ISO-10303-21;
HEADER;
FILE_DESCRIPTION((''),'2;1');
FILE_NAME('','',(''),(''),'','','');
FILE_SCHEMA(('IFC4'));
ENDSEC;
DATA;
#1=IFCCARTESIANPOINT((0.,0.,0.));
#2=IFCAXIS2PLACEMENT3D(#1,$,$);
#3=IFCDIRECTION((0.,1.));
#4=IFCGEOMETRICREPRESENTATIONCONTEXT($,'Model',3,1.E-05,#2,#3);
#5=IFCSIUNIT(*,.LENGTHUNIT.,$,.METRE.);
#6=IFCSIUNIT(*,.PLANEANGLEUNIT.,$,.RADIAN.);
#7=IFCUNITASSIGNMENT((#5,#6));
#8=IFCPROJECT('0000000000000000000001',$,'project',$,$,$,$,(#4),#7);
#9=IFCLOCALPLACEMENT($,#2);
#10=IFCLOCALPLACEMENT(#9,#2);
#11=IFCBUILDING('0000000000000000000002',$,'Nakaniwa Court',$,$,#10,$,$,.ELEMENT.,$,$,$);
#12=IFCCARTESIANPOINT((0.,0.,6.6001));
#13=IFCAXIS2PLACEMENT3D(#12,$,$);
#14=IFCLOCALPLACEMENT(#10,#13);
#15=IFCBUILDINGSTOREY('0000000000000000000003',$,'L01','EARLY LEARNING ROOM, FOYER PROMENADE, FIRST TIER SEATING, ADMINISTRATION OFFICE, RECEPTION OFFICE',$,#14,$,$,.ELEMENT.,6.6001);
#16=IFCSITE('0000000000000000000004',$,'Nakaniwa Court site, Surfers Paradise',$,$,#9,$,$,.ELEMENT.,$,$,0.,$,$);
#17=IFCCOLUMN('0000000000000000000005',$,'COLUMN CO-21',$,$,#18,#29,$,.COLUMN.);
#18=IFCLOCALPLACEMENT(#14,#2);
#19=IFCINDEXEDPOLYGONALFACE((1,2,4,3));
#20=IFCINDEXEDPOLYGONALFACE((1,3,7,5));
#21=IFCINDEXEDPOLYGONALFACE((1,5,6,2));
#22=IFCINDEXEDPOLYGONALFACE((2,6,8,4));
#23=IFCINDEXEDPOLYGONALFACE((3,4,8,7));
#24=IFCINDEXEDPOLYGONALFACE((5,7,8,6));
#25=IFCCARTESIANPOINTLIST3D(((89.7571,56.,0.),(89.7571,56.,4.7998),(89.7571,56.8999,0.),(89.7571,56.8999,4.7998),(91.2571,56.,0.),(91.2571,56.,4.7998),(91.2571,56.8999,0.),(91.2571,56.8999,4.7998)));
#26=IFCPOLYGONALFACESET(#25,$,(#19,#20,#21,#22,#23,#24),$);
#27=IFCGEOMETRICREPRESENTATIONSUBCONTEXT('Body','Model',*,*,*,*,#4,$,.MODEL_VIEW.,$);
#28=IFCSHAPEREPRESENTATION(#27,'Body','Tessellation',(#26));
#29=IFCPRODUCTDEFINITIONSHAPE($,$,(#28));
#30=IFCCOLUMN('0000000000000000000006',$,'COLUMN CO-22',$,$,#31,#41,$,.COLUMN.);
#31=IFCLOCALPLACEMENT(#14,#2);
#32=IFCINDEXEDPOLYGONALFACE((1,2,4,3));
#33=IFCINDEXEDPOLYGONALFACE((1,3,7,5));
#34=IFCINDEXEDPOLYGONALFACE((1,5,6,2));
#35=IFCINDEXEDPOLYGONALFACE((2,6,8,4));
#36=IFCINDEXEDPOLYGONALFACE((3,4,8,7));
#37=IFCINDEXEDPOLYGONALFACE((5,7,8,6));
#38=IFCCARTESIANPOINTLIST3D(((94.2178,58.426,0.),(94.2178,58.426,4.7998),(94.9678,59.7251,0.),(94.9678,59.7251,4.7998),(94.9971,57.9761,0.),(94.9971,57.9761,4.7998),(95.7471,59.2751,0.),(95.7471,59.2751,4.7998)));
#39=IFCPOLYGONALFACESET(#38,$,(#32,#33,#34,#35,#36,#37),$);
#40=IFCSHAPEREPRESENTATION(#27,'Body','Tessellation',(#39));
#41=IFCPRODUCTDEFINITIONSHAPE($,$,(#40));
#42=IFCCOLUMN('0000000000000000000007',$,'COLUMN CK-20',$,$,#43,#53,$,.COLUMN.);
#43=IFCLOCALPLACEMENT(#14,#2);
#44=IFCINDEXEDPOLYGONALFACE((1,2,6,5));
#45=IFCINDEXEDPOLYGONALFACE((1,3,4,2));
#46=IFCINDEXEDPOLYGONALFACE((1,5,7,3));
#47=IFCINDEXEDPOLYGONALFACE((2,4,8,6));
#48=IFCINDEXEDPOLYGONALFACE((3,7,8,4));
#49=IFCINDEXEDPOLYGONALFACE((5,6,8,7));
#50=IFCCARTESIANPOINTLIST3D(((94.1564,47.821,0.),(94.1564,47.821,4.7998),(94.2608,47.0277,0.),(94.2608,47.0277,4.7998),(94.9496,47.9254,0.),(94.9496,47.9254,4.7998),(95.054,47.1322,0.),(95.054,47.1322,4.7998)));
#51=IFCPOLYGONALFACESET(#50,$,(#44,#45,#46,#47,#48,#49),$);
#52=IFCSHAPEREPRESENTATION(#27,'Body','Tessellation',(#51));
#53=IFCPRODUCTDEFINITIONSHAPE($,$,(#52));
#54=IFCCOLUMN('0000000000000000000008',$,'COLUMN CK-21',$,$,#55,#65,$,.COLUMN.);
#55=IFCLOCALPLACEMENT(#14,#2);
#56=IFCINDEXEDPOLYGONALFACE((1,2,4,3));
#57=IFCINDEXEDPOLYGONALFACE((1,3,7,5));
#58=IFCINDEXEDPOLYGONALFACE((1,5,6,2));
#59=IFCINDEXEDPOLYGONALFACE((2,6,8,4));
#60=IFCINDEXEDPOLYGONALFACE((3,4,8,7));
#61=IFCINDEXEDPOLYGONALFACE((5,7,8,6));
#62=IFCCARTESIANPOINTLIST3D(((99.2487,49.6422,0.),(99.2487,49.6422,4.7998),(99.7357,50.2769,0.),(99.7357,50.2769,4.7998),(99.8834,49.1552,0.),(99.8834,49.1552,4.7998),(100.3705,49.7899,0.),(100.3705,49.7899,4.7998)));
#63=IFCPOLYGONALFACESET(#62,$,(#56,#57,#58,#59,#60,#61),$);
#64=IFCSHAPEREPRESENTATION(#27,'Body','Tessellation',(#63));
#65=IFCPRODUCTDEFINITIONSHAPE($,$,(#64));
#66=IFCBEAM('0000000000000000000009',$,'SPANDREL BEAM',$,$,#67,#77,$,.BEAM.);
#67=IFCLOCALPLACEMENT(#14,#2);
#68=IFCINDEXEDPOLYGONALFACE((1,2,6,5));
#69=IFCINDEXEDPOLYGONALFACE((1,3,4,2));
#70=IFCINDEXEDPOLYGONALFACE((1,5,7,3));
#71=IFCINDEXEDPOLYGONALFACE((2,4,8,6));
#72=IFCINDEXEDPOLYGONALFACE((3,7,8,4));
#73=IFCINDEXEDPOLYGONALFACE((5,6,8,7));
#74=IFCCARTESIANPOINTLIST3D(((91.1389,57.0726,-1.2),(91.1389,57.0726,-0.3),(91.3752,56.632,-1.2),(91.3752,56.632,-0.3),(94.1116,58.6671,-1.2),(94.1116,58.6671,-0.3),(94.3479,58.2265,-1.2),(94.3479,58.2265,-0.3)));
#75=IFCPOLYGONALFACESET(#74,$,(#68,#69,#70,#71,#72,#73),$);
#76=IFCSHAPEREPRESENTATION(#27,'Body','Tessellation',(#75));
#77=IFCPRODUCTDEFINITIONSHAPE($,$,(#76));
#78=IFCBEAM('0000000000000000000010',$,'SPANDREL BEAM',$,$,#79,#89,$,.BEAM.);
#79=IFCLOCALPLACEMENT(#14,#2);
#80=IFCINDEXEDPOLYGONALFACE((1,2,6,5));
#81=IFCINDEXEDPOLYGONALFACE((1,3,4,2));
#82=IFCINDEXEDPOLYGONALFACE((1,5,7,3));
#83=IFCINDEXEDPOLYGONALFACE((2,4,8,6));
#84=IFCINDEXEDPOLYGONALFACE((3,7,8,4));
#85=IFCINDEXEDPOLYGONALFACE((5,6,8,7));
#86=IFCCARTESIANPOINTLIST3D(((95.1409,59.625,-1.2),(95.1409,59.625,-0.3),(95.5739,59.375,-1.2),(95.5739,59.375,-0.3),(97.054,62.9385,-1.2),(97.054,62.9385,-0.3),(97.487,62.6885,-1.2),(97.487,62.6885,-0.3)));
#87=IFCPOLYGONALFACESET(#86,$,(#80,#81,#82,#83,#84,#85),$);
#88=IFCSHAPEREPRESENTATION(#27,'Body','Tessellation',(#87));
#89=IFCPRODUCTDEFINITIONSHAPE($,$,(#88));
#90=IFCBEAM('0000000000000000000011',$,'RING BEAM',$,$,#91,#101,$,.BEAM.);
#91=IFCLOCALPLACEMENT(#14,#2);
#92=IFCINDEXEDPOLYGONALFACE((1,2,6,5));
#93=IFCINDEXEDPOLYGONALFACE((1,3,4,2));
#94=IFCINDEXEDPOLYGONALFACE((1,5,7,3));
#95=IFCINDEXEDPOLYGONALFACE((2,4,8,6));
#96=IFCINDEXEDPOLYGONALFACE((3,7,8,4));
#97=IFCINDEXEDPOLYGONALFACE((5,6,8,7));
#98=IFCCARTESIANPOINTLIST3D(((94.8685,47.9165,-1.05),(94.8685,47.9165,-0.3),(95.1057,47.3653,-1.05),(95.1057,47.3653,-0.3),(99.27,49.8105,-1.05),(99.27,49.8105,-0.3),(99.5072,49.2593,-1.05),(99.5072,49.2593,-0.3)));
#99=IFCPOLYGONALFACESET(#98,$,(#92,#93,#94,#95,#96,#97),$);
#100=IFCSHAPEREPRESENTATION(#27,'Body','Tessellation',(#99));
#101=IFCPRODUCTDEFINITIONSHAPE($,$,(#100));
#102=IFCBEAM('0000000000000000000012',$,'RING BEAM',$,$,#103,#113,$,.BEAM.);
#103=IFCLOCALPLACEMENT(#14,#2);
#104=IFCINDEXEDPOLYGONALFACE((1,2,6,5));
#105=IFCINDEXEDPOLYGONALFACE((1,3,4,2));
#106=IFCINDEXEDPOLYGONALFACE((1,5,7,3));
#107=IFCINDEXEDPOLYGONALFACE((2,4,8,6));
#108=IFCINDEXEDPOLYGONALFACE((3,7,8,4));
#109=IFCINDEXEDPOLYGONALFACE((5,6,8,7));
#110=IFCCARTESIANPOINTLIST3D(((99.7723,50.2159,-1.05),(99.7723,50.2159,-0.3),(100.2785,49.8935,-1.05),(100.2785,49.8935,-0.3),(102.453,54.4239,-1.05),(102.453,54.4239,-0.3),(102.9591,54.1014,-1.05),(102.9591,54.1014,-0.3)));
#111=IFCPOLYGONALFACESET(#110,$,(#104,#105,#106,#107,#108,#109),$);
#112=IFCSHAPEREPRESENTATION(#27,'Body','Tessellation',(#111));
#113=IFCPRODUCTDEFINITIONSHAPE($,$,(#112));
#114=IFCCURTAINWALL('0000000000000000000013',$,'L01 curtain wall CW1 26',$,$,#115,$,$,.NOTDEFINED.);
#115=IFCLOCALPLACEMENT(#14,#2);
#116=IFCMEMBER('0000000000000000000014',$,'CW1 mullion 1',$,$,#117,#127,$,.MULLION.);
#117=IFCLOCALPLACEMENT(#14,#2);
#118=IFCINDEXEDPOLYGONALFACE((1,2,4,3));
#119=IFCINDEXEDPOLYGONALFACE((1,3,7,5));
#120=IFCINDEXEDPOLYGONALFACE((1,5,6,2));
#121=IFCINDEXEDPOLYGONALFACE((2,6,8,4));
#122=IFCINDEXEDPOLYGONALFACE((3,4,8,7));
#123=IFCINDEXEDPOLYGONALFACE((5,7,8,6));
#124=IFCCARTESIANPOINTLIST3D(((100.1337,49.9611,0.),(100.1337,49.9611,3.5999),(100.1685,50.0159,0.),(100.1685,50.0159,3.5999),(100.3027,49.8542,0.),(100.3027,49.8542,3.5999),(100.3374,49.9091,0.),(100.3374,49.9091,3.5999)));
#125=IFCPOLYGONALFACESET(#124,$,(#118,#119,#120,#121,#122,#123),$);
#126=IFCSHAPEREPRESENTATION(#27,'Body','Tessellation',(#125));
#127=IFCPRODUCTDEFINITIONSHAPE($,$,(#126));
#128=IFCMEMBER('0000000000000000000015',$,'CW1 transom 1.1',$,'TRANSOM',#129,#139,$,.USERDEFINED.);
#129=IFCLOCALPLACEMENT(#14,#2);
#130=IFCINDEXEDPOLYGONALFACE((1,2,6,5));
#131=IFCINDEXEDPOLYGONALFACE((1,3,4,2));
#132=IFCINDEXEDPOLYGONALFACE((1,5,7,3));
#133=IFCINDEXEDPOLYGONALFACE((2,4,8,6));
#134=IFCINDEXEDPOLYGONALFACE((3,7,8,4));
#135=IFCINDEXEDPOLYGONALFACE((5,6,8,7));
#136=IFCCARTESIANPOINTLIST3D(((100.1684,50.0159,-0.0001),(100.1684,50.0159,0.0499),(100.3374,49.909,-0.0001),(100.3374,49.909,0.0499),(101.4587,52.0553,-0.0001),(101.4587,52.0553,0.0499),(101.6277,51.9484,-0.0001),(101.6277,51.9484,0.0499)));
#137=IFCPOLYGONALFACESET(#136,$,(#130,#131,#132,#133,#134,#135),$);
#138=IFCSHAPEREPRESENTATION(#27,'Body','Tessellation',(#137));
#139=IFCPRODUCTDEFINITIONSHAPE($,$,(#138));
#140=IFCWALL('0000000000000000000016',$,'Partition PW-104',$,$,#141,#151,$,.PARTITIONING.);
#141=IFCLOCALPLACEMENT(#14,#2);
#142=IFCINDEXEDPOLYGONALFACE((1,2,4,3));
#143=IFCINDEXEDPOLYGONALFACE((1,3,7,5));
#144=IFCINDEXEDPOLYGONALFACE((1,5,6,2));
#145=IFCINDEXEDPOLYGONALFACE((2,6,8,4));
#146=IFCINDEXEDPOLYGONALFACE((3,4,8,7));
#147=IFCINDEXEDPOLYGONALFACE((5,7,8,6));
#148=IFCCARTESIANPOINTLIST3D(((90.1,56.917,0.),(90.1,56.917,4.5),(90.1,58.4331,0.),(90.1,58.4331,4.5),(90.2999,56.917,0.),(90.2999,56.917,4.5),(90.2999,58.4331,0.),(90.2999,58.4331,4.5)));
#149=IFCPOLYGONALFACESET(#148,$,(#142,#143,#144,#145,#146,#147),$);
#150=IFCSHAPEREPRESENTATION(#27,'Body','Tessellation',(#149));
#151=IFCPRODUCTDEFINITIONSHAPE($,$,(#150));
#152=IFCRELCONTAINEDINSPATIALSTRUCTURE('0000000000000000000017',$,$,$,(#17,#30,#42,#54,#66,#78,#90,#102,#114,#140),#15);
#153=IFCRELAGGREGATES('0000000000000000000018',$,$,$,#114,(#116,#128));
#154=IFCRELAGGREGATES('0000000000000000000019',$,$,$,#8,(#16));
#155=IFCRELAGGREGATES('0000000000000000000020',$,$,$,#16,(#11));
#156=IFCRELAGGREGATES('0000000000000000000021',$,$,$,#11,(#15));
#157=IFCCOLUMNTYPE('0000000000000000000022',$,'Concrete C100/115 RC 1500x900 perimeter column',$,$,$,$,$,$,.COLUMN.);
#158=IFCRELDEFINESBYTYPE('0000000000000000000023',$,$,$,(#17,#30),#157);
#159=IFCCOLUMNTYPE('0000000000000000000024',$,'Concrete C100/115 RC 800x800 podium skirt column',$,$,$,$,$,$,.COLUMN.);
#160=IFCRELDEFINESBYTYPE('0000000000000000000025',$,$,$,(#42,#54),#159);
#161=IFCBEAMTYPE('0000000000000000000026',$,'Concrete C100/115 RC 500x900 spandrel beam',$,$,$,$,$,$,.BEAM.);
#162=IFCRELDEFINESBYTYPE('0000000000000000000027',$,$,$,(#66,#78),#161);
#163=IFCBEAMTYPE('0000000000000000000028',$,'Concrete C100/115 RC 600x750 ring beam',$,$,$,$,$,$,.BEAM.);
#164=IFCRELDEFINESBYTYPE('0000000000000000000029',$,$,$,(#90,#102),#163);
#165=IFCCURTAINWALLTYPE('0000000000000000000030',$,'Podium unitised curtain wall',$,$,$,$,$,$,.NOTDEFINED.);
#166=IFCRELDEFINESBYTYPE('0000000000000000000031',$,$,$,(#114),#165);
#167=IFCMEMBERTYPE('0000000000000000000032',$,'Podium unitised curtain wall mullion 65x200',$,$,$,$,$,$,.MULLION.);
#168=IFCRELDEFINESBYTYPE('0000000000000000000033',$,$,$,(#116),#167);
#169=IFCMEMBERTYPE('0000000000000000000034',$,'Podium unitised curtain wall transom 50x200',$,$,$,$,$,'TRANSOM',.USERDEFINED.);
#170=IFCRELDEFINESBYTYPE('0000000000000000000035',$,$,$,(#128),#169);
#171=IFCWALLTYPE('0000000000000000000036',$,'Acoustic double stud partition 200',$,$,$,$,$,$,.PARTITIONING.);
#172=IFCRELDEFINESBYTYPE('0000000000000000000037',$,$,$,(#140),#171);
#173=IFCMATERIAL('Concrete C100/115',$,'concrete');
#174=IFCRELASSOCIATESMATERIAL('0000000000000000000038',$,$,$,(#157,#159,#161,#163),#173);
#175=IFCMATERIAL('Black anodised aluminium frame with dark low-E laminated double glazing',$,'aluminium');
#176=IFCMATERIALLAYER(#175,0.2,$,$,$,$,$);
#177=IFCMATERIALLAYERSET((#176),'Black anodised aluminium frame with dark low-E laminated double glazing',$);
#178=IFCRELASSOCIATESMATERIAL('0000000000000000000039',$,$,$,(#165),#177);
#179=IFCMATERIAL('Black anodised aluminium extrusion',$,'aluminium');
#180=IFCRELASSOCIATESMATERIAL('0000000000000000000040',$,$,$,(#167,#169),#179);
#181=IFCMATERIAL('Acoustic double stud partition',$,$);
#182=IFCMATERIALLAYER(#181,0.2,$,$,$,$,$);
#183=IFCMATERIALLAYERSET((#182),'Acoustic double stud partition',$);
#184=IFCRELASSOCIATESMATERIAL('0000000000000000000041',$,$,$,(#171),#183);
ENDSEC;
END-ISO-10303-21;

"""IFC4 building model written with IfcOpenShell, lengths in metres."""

from ifc_helpers import new_model, si_unit, direction, frame, frame_2d, origin, origin_2d, place, context, subcontext, project, spatial, rectangle, extrude, material, layer, layer_set, material_profile, profile_set, type_object, element, aggregate, save


model = new_model("IFC4")

# Units and contexts
model_context = context("Model", 3, precision=1e-05, world=origin(), true_north=direction((0.0, 1.0)))
body_context = subcontext(model_context, "Body", "Model", "MODEL_VIEW")
ifc_project = project(units=[si_unit("LENGTHUNIT", "METRE"), si_unit("PLANEANGLEUNIT", "RADIAN")], contexts=[model_context])

# Site, building, storey
site_placement = place(None, origin())
site = spatial("IfcSite", under=ifc_project, at=site_placement, Name="Nakaniwa Court site, Surfers Paradise", CompositionType="ELEMENT", RefElevation=0.0)
building_placement = place(site_placement, origin())
building = spatial("IfcBuilding", under=site, at=building_placement, Name="Nakaniwa Court", CompositionType="ELEMENT")
storey_placement = place(building_placement, frame((0.0, 0.0, 6.6001)))
storey = spatial("IfcBuildingStorey", under=building, at=storey_placement, Name="L01", Description="EARLY LEARNING ROOM, FOYER PROMENADE, FIRST TIER SEATING, ADMINISTRATION OFFICE, RECEPTION OFFICE", CompositionType="ELEMENT", Elevation=6.6001)

# Columns
ifc_material_1 = material(Name="Concrete C100/115", Category="concrete")
ifc_material_profile_1 = material_profile(ifc_material_1, rectangle(XDim=1.5, YDim=0.8999, at=origin_2d()), Name="Concrete C100/115 RC 1500x900 perimeter column")
ifc_profile_set_1 = profile_set([ifc_material_profile_1], Name="Concrete C100/115")
column_type_1 = type_object("IfcColumnType", Name="Concrete C100/115 RC 1500x900 perimeter column", PredefinedType="COLUMN", material=ifc_profile_set_1)
for number, where, z_axis, x_axis, name in (
    (1, (90.5071, 56.45, 0.0), (0.0, 0.0, 1.0), (1.0, 0.0, 0.0), "COLUMN CO-21"),
    (2, (94.9824, 58.8506, 0.0), (0.0, 0.0, 1.0), (0.5, 0.866025, 0.0), "COLUMN CO-22"),
):
    element("IfcColumn", number, at=place(storey_placement, frame(where, z_axis=z_axis, x_axis=x_axis)), inside=storey, type_object=column_type_1, Name=name, PredefinedType="COLUMN", context=body_context, shape_type="SweptSolid", body=[
        extrude(rectangle(XDim=1.5, YDim=0.8999, at=origin_2d()), origin(), (0.0, 0.0, 1.0), 4.7998),
    ])
ifc_material_profile_2 = material_profile(ifc_material_1, rectangle(XDim=0.8, YDim=0.8, at=origin_2d()), Name="Concrete C100/115 RC 800x800 podium skirt column")
ifc_profile_set_2 = profile_set([ifc_material_profile_2], Name="Concrete C100/115")
column_type_2 = type_object("IfcColumnType", Name="Concrete C100/115 RC 800x800 podium skirt column", PredefinedType="COLUMN", material=ifc_profile_set_2)
for number, where, z_axis, x_axis, name in (
    (3, (94.6052, 47.4766, 0.0), (0.0, 0.0, 1.0), (0.991445, 0.130526, 0.0), "COLUMN CK-20"),
    (4, (99.8096, 49.7161, 0.0), (0.0, 0.0, 1.0), (0.608761, 0.793353, 0.0), "COLUMN CK-21"),
):
    element("IfcColumn", number, at=place(storey_placement, frame(where, z_axis=z_axis, x_axis=x_axis)), inside=storey, type_object=column_type_2, Name=name, PredefinedType="COLUMN", context=body_context, shape_type="SweptSolid", body=[
        extrude(rectangle(XDim=0.8, YDim=0.8, at=origin_2d()), origin(), (0.0, 0.0, 1.0), 4.7998),
    ])

# Beams
ifc_material_profile_3 = material_profile(ifc_material_1, rectangle(XDim=0.5, YDim=0.8999, at=origin_2d()), Name="Concrete C100/115 RC 500x900 spandrel beam")
ifc_profile_set_3 = profile_set([ifc_material_profile_3], Name="Concrete C100/115")
beam_type_1 = type_object("IfcBeamType", Name="Concrete C100/115 RC 500x900 spandrel beam", PredefinedType="BEAM", material=ifc_profile_set_3)
beam_1_placement = place(storey_placement, frame((91.2571, 56.8523, -0.75), z_axis=(0.881235, 0.472679, 0.0), x_axis=(-0.472679, 0.881235, 0.0)))
element("IfcBeam", 5, at=beam_1_placement, inside=storey, type_object=beam_type_1, Name="SPANDREL BEAM", PredefinedType="BEAM", context=body_context, shape_type="SweptSolid", body=[
    extrude(rectangle(XDim=0.5, YDim=0.8999, at=origin_2d()), origin(), (0.0, 0.0, 1.0), 3.3733),
])
beam_2_placement = place(storey_placement, frame((95.3574, 59.5, -0.75), z_axis=(0.50001, 0.86602, 0.0), x_axis=(-0.86602, 0.50001, 0.0)))
element("IfcBeam", 6, at=beam_2_placement, inside=storey, type_object=beam_type_1, Name="SPANDREL BEAM", PredefinedType="BEAM", context=body_context, shape_type="SweptSolid", body=[
    extrude(rectangle(XDim=0.5, YDim=0.8999, at=origin_2d()), origin(), (0.0, 0.0, 1.0), 3.8262),
])
ifc_material_profile_4 = material_profile(ifc_material_1, rectangle(XDim=0.6001, YDim=0.75, at=origin_2d()), Name="Concrete C100/115 RC 600x750 ring beam")
ifc_profile_set_4 = profile_set([ifc_material_profile_4], Name="Concrete C100/115")
beam_type_2 = type_object("IfcBeamType", Name="Concrete C100/115 RC 600x750 ring beam", PredefinedType="BEAM", material=ifc_profile_set_4)
beam_3_placement = place(storey_placement, frame((94.9871, 47.6409, -0.675), z_axis=(0.918567, 0.395266, 0.0), x_axis=(-0.395266, 0.918567, 0.0)))
element("IfcBeam", 7, at=beam_3_placement, inside=storey, type_object=beam_type_2, Name="RING BEAM", PredefinedType="BEAM", context=body_context, shape_type="SweptSolid", body=[
    extrude(rectangle(XDim=0.6001, YDim=0.75, at=origin_2d()), origin(), (0.0, 0.0, 1.0), 4.7917),
])
beam_4_placement = place(storey_placement, frame((100.0254, 50.0547, -0.675), z_axis=(0.537281, 0.843403, 0.0), x_axis=(-0.843403, 0.537281, 0.0)))
element("IfcBeam", 8, at=beam_4_placement, inside=storey, type_object=beam_type_2, Name="RING BEAM", PredefinedType="BEAM", context=body_context, shape_type="SweptSolid", body=[
    extrude(rectangle(XDim=0.6001, YDim=0.75, at=origin_2d()), origin(), (0.0, 0.0, 1.0), 4.9893),
])

# Curtain wall, members
ifc_material_2 = material(Name="Black anodised aluminium frame with dark low-E laminated double glazing", Category="aluminium")
ifc_layer_1 = layer(ifc_material_2, 0.2)
ifc_layer_set_1 = layer_set([ifc_layer_1], Name="Black anodised aluminium frame with dark low-E laminated double glazing")
curtain_wall_type = type_object("IfcCurtainWallType", Name="Podium unitised curtain wall", PredefinedType="NOTDEFINED", material=ifc_layer_set_1)
curtain_wall_placement = place(storey_placement, origin())
curtain_wall = element("IfcCurtainWall", 9, at=curtain_wall_placement, inside=storey, type_object=curtain_wall_type, Name="L01 curtain wall CW1 26", PredefinedType="NOTDEFINED")
ifc_material_3 = material(Name="Black anodised aluminium extrusion", Category="aluminium")
ifc_material_profile_5 = material_profile(ifc_material_3, rectangle(XDim=0.2, YDim=0.0649, at=origin_2d()), Name="Podium unitised curtain wall mullion 65x200")
ifc_profile_set_5 = profile_set([ifc_material_profile_5], Name="Black anodised aluminium extrusion")
member_type_1 = type_object("IfcMemberType", Name="Podium unitised curtain wall mullion 65x200", PredefinedType="MULLION", material=ifc_profile_set_5)
member_1_placement = place(storey_placement, frame((100.2356, 49.9351, 0.0), z_axis=(0.0, 0.0, 1.0), x_axis=(-0.845107, 0.534597, 0.0)))
member_1 = element("IfcMember", 10, at=member_1_placement, type_object=member_type_1, Name="CW1 mullion 1", PredefinedType="MULLION", context=body_context, shape_type="SweptSolid", body=[
    extrude(rectangle(XDim=0.2, YDim=0.0649, at=origin_2d()), origin(), (0.0, 0.0, 1.0), 3.5999),
])
ifc_material_profile_6 = material_profile(ifc_material_3, rectangle(XDim=0.2, YDim=0.05, at=origin_2d()), Name="Podium unitised curtain wall transom 50x200")
ifc_profile_set_6 = profile_set([ifc_material_profile_6], Name="Black anodised aluminium extrusion")
member_type_2 = type_object("IfcMemberType", Name="Podium unitised curtain wall transom 50x200", ElementType="TRANSOM", PredefinedType="USERDEFINED", material=ifc_profile_set_6)
member_2_placement = place(storey_placement, frame((100.2529, 49.9624, 0.0249), z_axis=(0.534628, 0.845087, 0.0), x_axis=(-0.845087, 0.534628, 0.0)))
member_2 = element("IfcMember", 11, at=member_2_placement, type_object=member_type_2, Name="CW1 transom 1.1", ObjectType="TRANSOM", PredefinedType="USERDEFINED", context=body_context, shape_type="SweptSolid", body=[
    extrude(rectangle(XDim=0.2, YDim=0.05, at=origin_2d()), origin(), (0.0, 0.0, 1.0), 2.4133),
])
aggregate(curtain_wall, [member_1, member_2])

# Wall
ifc_material_4 = material(Name="Acoustic double stud partition")
ifc_layer_2 = layer(ifc_material_4, 0.2)
ifc_layer_set_2 = layer_set([ifc_layer_2], Name="Acoustic double stud partition")
wall_type_1 = type_object("IfcWallType", Name="Acoustic double stud partition 200", PredefinedType="PARTITIONING", material=ifc_layer_set_2)
wall_1_placement = place(storey_placement, frame((90.2, 56.917, 0.0), z_axis=(0.0, 0.0, 1.0), x_axis=(0.0, 1.0, 0.0)))
element("IfcWall", 12, at=wall_1_placement, inside=storey, type_object=wall_type_1, Name="Partition PW-104", PredefinedType="PARTITIONING", context=body_context, shape_type="SweptSolid", body=[
    extrude(rectangle(XDim=1.5161, YDim=0.2, at=frame_2d((0.7581, 0.0))), origin(), (0.0, 0.0, 1.0), 4.5),
])

save(model, "model.ifc")
